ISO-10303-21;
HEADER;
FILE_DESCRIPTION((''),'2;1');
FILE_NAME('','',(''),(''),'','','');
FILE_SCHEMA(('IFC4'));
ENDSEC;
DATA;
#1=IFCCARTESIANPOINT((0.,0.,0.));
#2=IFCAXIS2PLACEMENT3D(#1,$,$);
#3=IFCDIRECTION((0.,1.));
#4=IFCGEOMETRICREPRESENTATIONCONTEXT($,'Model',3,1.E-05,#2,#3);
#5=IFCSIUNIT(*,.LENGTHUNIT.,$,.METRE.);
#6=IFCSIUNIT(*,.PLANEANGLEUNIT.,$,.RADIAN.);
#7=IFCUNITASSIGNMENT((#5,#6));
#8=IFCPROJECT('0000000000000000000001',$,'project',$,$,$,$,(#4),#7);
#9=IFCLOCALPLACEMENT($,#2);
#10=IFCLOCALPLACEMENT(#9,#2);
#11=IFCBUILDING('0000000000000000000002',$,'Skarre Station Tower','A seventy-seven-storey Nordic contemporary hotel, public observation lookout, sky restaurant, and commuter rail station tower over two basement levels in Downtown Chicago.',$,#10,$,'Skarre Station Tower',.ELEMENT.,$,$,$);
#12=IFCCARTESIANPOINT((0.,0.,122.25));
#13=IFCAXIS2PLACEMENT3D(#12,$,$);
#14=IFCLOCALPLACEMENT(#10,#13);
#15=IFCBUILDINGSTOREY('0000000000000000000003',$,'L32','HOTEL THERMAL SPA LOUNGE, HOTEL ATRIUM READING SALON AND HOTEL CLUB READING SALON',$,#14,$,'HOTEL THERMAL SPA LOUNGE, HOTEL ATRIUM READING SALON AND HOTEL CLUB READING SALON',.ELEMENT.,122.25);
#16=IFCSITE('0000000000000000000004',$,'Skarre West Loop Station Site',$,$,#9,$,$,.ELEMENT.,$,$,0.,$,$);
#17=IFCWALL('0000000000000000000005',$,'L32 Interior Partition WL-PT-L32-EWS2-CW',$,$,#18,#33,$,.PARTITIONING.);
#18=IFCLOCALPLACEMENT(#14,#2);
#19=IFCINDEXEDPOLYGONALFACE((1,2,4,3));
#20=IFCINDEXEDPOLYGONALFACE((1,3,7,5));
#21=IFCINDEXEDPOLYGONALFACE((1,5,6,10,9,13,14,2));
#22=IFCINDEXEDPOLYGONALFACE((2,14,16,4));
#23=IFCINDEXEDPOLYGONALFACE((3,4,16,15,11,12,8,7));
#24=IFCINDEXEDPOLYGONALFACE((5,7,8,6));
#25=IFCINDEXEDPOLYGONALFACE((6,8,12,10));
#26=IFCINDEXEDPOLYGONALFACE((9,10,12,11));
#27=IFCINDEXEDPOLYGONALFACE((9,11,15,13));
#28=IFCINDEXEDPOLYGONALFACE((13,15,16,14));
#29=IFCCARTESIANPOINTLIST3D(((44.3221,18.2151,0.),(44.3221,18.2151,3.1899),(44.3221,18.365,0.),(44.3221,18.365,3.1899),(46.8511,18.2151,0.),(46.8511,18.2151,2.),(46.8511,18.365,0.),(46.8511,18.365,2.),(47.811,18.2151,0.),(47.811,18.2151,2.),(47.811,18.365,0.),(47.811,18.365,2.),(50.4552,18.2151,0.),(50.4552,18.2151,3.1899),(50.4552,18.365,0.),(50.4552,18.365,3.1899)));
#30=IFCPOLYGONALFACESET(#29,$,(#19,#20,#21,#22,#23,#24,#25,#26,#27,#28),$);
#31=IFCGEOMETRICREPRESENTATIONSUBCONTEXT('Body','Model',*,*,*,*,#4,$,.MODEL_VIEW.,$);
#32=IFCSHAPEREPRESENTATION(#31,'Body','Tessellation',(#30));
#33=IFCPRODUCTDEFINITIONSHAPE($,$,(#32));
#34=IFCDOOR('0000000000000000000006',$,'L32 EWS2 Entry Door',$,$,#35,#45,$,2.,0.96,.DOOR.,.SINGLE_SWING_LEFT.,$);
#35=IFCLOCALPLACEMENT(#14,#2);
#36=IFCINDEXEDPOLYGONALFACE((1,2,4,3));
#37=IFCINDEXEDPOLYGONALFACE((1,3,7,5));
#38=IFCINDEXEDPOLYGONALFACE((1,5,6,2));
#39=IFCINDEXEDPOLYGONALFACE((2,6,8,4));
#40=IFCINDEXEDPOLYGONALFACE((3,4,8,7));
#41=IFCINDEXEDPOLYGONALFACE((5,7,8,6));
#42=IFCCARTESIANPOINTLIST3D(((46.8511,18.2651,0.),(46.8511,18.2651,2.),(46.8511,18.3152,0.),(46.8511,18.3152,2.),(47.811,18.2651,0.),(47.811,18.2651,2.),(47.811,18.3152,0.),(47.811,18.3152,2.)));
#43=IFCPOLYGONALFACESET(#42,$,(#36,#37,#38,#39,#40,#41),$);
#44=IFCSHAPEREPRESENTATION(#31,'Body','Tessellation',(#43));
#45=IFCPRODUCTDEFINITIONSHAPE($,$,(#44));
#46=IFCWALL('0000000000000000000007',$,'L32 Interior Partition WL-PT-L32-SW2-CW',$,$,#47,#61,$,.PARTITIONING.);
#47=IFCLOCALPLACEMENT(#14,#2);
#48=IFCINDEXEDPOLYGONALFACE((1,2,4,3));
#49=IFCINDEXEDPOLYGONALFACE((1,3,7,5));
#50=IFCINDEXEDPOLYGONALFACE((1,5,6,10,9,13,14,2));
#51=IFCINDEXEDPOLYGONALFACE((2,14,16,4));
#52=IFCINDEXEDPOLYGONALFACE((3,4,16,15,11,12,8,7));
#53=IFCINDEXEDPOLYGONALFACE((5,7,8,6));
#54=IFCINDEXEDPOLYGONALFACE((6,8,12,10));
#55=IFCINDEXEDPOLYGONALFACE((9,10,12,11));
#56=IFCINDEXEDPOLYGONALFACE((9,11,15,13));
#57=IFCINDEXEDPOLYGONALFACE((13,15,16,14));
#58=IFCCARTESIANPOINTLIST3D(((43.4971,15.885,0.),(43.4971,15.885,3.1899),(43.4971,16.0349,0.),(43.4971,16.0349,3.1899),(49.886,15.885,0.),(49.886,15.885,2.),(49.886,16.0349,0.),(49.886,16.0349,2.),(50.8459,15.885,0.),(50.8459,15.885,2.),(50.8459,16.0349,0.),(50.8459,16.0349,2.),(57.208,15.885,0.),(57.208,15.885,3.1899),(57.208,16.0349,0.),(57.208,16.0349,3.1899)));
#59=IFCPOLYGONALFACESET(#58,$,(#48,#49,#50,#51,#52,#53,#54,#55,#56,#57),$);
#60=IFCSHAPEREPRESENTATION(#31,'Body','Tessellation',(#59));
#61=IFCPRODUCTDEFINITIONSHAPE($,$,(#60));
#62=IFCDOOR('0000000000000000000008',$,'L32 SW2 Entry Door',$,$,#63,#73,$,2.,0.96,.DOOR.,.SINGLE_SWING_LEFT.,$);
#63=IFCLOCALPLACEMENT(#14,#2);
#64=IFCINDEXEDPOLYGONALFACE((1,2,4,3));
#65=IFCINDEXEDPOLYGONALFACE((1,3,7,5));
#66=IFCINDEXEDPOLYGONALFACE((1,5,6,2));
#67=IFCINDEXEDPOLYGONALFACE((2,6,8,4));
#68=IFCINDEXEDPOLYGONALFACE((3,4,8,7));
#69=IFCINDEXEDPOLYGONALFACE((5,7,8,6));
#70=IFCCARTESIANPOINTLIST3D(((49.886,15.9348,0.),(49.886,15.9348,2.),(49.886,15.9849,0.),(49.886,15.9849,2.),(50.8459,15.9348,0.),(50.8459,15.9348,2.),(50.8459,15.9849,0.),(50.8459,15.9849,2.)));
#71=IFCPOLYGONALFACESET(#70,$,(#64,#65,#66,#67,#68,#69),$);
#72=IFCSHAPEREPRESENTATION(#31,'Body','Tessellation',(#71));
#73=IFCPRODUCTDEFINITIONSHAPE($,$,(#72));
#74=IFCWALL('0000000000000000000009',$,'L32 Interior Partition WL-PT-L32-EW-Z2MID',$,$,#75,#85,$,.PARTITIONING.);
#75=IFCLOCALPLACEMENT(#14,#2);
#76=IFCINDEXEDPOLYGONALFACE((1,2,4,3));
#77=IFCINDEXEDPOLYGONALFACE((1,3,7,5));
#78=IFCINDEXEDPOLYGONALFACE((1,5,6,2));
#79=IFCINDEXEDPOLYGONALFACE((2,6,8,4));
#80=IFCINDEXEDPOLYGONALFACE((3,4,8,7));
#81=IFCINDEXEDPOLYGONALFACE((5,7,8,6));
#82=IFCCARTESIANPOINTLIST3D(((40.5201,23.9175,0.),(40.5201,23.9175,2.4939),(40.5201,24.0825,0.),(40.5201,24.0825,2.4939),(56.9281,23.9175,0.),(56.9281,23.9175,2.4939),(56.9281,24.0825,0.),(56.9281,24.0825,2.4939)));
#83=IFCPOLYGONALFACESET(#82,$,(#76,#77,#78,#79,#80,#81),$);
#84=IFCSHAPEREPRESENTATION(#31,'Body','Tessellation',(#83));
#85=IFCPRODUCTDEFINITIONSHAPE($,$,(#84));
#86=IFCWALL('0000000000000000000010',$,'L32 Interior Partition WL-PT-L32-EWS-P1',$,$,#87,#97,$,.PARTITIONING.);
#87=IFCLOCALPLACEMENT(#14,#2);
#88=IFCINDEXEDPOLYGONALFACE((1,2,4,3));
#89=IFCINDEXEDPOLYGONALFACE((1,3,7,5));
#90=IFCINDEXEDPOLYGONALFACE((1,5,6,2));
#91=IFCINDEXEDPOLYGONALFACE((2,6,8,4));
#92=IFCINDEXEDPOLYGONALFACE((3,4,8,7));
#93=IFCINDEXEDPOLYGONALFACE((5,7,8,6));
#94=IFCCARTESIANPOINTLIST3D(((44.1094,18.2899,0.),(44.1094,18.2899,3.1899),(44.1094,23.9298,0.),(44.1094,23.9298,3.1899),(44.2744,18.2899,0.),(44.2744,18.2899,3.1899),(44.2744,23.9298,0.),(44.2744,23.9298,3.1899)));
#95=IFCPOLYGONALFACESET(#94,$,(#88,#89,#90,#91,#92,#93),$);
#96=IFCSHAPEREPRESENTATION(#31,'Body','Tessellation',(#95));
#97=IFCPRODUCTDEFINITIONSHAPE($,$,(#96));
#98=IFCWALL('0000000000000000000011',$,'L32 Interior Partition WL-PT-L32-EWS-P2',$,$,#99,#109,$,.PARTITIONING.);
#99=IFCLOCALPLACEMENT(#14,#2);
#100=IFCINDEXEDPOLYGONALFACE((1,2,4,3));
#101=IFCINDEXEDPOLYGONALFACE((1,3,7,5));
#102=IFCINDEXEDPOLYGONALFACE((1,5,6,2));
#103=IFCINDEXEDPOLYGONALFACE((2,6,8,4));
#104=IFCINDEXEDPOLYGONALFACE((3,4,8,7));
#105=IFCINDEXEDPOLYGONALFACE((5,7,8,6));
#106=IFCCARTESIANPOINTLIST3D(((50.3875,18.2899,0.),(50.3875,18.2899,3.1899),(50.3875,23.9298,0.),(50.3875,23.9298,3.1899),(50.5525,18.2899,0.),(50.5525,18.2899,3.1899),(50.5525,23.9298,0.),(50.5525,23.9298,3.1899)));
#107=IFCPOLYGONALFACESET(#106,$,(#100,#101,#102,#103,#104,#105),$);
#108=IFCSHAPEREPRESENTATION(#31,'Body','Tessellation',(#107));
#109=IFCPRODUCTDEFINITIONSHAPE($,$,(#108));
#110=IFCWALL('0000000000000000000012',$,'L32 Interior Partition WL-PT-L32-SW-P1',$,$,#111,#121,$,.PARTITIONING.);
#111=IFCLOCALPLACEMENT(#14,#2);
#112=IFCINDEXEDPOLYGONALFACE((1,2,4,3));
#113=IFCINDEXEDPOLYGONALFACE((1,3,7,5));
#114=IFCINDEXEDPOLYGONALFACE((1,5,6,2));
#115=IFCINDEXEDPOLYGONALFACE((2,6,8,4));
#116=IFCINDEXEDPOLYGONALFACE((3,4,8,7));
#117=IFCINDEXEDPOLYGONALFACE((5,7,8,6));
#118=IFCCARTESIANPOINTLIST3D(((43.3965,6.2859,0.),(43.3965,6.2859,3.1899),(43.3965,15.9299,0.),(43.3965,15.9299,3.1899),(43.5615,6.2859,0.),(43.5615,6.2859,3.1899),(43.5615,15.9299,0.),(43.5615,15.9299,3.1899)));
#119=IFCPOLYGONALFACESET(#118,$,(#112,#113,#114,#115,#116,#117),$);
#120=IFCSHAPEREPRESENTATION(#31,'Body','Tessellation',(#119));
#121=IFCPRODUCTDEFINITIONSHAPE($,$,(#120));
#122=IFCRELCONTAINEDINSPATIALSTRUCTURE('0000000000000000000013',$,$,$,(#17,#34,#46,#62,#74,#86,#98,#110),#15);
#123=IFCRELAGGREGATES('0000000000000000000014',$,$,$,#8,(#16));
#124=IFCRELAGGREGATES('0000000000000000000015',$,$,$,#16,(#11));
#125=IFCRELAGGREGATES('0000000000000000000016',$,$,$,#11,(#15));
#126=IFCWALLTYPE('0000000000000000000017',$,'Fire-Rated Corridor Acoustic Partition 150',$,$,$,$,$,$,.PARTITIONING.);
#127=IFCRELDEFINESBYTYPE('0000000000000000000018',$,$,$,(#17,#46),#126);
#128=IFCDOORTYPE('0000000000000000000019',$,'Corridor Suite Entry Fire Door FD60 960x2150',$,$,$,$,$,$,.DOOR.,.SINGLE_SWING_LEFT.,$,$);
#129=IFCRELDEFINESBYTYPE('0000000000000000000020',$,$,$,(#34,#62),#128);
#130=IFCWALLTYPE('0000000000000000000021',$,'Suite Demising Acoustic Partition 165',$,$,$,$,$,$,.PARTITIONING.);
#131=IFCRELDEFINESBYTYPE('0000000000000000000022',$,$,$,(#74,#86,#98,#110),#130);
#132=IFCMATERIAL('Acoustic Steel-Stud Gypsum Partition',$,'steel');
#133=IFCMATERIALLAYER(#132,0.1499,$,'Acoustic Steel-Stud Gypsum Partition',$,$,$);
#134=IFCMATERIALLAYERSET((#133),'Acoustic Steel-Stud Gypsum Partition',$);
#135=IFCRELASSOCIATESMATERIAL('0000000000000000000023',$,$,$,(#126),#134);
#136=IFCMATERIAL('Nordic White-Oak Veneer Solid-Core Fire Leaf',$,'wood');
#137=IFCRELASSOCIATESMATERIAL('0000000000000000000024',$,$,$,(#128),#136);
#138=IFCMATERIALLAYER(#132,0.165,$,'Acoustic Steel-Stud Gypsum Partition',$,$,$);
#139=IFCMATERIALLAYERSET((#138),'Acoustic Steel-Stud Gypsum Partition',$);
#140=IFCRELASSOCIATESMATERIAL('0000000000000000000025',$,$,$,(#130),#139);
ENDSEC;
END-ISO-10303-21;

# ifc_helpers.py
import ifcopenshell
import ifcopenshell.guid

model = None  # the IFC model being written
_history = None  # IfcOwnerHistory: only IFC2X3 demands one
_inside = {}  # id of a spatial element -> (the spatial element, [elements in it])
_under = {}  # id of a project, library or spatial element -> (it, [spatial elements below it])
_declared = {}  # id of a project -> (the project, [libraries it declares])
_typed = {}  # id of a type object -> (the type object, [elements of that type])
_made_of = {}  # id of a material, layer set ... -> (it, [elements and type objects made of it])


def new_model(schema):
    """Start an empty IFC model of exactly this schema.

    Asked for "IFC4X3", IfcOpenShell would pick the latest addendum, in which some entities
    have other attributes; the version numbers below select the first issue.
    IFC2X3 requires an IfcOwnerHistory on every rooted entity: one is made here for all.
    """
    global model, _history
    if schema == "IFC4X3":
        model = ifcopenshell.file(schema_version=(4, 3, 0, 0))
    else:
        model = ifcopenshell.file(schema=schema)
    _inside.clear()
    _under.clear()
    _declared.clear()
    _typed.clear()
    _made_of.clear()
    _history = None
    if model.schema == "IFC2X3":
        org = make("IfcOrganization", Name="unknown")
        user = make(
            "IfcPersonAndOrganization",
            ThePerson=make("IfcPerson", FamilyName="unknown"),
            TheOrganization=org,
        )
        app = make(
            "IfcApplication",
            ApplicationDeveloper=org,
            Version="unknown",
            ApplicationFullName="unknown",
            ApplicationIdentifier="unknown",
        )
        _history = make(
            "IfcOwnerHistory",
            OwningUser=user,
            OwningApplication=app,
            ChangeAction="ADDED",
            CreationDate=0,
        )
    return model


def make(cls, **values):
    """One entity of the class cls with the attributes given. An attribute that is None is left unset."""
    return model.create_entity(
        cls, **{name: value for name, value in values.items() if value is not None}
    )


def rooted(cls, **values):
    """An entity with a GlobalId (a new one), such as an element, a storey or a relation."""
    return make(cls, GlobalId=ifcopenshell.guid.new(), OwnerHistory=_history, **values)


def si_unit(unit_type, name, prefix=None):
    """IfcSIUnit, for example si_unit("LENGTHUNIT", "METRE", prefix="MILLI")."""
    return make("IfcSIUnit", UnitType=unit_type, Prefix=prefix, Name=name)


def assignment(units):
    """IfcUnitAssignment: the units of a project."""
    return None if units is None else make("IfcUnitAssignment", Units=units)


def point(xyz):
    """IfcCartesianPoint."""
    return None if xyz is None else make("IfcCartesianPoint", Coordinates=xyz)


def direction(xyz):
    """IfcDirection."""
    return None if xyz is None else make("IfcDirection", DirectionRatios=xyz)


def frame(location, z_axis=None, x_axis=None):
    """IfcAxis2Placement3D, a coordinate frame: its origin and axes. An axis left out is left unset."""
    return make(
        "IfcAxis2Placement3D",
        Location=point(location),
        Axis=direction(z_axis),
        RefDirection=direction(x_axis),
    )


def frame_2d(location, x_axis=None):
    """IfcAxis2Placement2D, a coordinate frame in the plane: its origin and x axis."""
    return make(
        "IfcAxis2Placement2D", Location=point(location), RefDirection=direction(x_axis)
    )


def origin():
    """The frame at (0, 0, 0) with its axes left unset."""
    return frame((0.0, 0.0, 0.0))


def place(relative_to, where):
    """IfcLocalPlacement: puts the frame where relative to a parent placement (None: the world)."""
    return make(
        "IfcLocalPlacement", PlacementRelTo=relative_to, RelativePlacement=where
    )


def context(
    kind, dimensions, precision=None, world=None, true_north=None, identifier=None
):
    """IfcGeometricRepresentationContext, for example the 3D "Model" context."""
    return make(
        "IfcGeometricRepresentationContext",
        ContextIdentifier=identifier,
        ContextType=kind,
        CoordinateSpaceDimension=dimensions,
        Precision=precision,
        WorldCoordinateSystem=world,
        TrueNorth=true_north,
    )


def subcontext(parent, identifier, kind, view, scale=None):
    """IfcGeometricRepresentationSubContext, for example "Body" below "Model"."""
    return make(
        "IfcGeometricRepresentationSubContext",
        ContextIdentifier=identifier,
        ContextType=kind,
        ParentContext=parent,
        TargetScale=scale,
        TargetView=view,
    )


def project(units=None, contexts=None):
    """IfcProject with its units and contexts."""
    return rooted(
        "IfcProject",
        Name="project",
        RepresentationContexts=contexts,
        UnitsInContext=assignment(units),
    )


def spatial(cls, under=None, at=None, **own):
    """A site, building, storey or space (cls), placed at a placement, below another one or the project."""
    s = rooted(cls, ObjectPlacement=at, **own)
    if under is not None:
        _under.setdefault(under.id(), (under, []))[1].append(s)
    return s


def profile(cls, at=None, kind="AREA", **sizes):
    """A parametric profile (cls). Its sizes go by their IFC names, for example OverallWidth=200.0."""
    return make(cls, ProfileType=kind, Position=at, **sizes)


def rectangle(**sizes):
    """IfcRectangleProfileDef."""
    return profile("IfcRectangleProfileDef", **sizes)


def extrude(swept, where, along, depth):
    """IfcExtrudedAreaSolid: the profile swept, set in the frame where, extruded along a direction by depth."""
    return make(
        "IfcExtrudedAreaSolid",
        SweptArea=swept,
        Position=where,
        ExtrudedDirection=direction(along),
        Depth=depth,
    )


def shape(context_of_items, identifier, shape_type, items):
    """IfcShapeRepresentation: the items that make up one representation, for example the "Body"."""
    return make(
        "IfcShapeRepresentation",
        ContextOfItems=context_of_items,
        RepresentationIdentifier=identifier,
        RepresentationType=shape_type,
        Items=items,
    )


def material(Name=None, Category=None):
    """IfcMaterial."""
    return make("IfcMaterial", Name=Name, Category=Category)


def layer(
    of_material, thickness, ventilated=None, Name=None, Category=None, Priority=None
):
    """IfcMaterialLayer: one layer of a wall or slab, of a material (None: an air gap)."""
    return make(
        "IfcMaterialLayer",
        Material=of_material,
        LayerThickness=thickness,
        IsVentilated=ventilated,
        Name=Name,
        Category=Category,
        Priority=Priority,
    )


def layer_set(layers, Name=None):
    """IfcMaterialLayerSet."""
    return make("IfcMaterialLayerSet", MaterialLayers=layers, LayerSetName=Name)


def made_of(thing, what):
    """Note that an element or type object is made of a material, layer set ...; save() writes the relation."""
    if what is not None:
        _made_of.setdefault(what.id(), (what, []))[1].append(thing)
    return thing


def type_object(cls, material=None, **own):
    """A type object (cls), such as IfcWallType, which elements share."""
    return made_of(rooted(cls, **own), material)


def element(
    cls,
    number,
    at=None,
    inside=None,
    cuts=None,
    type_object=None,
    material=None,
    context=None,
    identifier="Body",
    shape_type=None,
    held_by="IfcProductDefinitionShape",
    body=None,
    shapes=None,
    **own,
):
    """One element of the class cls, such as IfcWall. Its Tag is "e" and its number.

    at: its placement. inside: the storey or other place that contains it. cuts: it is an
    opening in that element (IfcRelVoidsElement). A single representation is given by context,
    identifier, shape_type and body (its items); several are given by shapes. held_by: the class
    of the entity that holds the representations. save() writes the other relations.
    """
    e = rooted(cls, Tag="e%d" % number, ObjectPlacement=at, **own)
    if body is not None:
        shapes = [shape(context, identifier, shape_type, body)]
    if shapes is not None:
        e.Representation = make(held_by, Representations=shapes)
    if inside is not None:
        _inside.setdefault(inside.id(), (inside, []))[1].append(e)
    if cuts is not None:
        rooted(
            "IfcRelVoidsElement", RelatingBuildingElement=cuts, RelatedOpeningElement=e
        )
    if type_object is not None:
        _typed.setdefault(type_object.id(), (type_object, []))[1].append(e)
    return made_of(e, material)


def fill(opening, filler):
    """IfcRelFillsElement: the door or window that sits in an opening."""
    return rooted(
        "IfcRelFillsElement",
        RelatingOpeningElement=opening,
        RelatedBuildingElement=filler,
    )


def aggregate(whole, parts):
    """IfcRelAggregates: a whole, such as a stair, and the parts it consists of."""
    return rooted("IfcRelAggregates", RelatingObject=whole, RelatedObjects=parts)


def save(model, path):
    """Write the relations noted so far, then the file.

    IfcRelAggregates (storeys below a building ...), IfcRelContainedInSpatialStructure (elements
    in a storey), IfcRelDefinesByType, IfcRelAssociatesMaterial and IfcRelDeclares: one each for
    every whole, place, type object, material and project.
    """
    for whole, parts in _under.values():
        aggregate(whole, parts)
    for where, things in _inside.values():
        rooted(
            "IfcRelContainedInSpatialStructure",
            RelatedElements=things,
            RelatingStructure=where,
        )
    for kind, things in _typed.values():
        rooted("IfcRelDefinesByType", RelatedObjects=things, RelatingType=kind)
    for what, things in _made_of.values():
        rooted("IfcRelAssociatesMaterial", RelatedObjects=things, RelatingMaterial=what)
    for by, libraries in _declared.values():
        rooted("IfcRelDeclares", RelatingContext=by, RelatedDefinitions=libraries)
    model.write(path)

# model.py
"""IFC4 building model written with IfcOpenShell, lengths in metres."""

from ifc_helpers import new_model, si_unit, direction, frame, frame_2d, origin, place, context, subcontext, project, spatial, rectangle, extrude, material, layer, layer_set, type_object, element, fill, save


model = new_model("IFC4")

# Units and contexts
model_context = context("Model", 3, precision=1e-05, world=origin(), true_north=direction((0.0, 1.0)))
body_context = subcontext(model_context, "Body", "Model", "MODEL_VIEW")
ifc_project = project(units=[si_unit("LENGTHUNIT", "METRE"), si_unit("PLANEANGLEUNIT", "RADIAN")], contexts=[model_context])

# Site, building, storey
site_placement = place(None, origin())
site = spatial("IfcSite", under=ifc_project, at=site_placement, Name="Skarre West Loop Station Site", CompositionType="ELEMENT", RefElevation=0.0)
building_placement = place(site_placement, origin())
building = spatial("IfcBuilding", under=site, at=building_placement, Name="Skarre Station Tower", Description="A seventy-seven-storey Nordic contemporary hotel, public observation lookout, sky restaurant, and commuter rail station tower over two basement levels in Downtown Chicago.", LongName="Skarre Station Tower", CompositionType="ELEMENT")
storey_placement = place(building_placement, frame((0.0, 0.0, 122.25)))
storey = spatial("IfcBuildingStorey", under=building, at=storey_placement, Name="L32", Description="HOTEL THERMAL SPA LOUNGE, HOTEL ATRIUM READING SALON AND HOTEL CLUB READING SALON", LongName="HOTEL THERMAL SPA LOUNGE, HOTEL ATRIUM READING SALON AND HOTEL CLUB READING SALON", CompositionType="ELEMENT", Elevation=122.25)

# Walls, openings, doors
ifc_material_1 = material(Name="Acoustic Steel-Stud Gypsum Partition", Category="steel")
ifc_layer_1 = layer(ifc_material_1, 0.1499, Name="Acoustic Steel-Stud Gypsum Partition")
ifc_layer_set_1 = layer_set([ifc_layer_1], Name="Acoustic Steel-Stud Gypsum Partition")
wall_type_1 = type_object("IfcWallType", Name="Fire-Rated Corridor Acoustic Partition 150", PredefinedType="PARTITIONING", material=ifc_layer_set_1)
ifc_material_2 = material(Name="Nordic White-Oak Veneer Solid-Core Fire Leaf", Category="wood")
door_type = type_object("IfcDoorType", Name="Corridor Suite Entry Fire Door FD60 960x2150", OperationType="SINGLE_SWING_LEFT", PredefinedType="DOOR", material=ifc_material_2)
wall_1_placement = place(storey_placement, frame((50.4551, 18.29, 0.0), z_axis=(0.0, 0.0, 1.0), x_axis=(-1.0, 0.0, 0.0)))
wall_1 = element("IfcWall", 1, at=wall_1_placement, inside=storey, type_object=wall_type_1, Name="L32 Interior Partition WL-PT-L32-EWS2-CW", PredefinedType="PARTITIONING", context=body_context, shape_type="SweptSolid", body=[
    extrude(rectangle(XDim=6.1331, YDim=0.1499, at=frame_2d((3.0664, 0.0))), origin(), (0.0, 0.0, 1.0), 3.1899),
])
opening_1_placement = place(wall_1_placement, frame((2.644, 0.0, 0.0)))
opening_1 = element("IfcOpeningElement", 2, at=opening_1_placement, cuts=wall_1, PredefinedType="OPENING", context=body_context, shape_type="SweptSolid", body=[
    extrude(rectangle(XDim=0.96, YDim=2.0, at=frame_2d((0.48, 1.0))), frame((0.0, 0.085, 0.0), z_axis=(0.0, -1.0, 0.0), x_axis=(1.0, 0.0, 0.0)), (0.0, 0.0, 1.0), 0.1699),
])
door_1_placement = place(opening_1_placement, origin())
door_1 = element("IfcDoor", 3, at=door_1_placement, inside=storey, type_object=door_type, Name="L32 EWS2 Entry Door", OperationType="SINGLE_SWING_LEFT", OverallHeight=2.0, OverallWidth=0.96, PredefinedType="DOOR", context=body_context, shape_type="SweptSolid", body=[
    extrude(rectangle(XDim=0.96, YDim=2.0, at=frame_2d((0.48, 1.0))), frame((0.0, 0.0249, 0.0), z_axis=(0.0, -1.0, 0.0), x_axis=(1.0, 0.0, 0.0)), (0.0, 0.0, 1.0), 0.05),
])
fill(opening_1, door_1)
wall_2_placement = place(storey_placement, frame((43.4971, 15.96, 0.0), z_axis=(0.0, 0.0, 1.0), x_axis=(1.0, 0.0, 0.0)))
wall_2 = element("IfcWall", 4, at=wall_2_placement, inside=storey, type_object=wall_type_1, Name="L32 Interior Partition WL-PT-L32-SW2-CW", PredefinedType="PARTITIONING", context=body_context, shape_type="SweptSolid", body=[
    extrude(rectangle(XDim=13.7109, YDim=0.1499, at=frame_2d((6.8555, 0.0))), origin(), (0.0, 0.0, 1.0), 3.1899),
])
opening_2_placement = place(wall_2_placement, frame((6.3889, 0.0, 0.0)))
opening_2 = element("IfcOpeningElement", 5, at=opening_2_placement, cuts=wall_2, PredefinedType="OPENING", context=body_context, shape_type="SweptSolid", body=[
    extrude(rectangle(XDim=0.96, YDim=2.0, at=frame_2d((0.48, 1.0))), frame((0.0, 0.085, 0.0), z_axis=(0.0, -1.0, 0.0), x_axis=(1.0, 0.0, 0.0)), (0.0, 0.0, 1.0), 0.1699),
])
door_2_placement = place(opening_2_placement, origin())
door_2 = element("IfcDoor", 6, at=door_2_placement, inside=storey, type_object=door_type, Name="L32 SW2 Entry Door", OperationType="SINGLE_SWING_LEFT", OverallHeight=2.0, OverallWidth=0.96, PredefinedType="DOOR", context=body_context, shape_type="SweptSolid", body=[
    extrude(rectangle(XDim=0.96, YDim=2.0, at=frame_2d((0.48, 1.0))), frame((0.0, 0.0249, 0.0), z_axis=(0.0, -1.0, 0.0), x_axis=(1.0, 0.0, 0.0)), (0.0, 0.0, 1.0), 0.05),
])
fill(opening_2, door_2)

# Walls
ifc_layer_2 = layer(ifc_material_1, 0.165, Name="Acoustic Steel-Stud Gypsum Partition")
ifc_layer_set_2 = layer_set([ifc_layer_2], Name="Acoustic Steel-Stud Gypsum Partition")
wall_type_2 = type_object("IfcWallType", Name="Suite Demising Acoustic Partition 165", PredefinedType="PARTITIONING", material=ifc_layer_set_2)
wall_3_placement = place(storey_placement, frame((40.52, 24.0, 0.0), z_axis=(0.0, 0.0, 1.0), x_axis=(1.0, 0.0, 0.0)))
element("IfcWall", 7, at=wall_3_placement, inside=storey, type_object=wall_type_2, Name="L32 Interior Partition WL-PT-L32-EW-Z2MID", PredefinedType="PARTITIONING", context=body_context, shape_type="SweptSolid", body=[
    extrude(rectangle(XDim=16.408, YDim=0.165, at=frame_2d((8.2041, 0.0))), origin(), (0.0, 0.0, 1.0), 2.4939),
])
for number, where, z_axis, x_axis, name in (
    (8, (44.1919, 18.29, 0.0), (0.0, 0.0, 1.0), (0.0, 1.0, 0.0), "L32 Interior Partition WL-PT-L32-EWS-P1"),
    (9, (50.47, 18.29, 0.0), (0.0, 0.0, 1.0), (0.0, 1.0, 0.0), "L32 Interior Partition WL-PT-L32-EWS-P2"),
):
    element("IfcWall", number, at=place(storey_placement, frame(where, z_axis=z_axis, x_axis=x_axis)), inside=storey, type_object=wall_type_2, Name=name, PredefinedType="PARTITIONING", context=body_context, shape_type="SweptSolid", body=[
        extrude(rectangle(XDim=5.6399, YDim=0.165, at=frame_2d((2.8198, 0.0))), origin(), (0.0, 0.0, 1.0), 3.1899),
    ])
wall_4_placement = place(storey_placement, frame((43.479, 6.2859, 0.0), z_axis=(0.0, 0.0, 1.0), x_axis=(0.0, 1.0, 0.0)))
element("IfcWall", 10, at=wall_4_placement, inside=storey, type_object=wall_type_2, Name="L32 Interior Partition WL-PT-L32-SW-P1", PredefinedType="PARTITIONING", context=body_context, shape_type="SweptSolid", body=[
    extrude(rectangle(XDim=9.644, YDim=0.165, at=frame_2d((4.822, 0.0))), origin(), (0.0, 0.0, 1.0), 3.1899),
])

save(model, "model.ifc")
